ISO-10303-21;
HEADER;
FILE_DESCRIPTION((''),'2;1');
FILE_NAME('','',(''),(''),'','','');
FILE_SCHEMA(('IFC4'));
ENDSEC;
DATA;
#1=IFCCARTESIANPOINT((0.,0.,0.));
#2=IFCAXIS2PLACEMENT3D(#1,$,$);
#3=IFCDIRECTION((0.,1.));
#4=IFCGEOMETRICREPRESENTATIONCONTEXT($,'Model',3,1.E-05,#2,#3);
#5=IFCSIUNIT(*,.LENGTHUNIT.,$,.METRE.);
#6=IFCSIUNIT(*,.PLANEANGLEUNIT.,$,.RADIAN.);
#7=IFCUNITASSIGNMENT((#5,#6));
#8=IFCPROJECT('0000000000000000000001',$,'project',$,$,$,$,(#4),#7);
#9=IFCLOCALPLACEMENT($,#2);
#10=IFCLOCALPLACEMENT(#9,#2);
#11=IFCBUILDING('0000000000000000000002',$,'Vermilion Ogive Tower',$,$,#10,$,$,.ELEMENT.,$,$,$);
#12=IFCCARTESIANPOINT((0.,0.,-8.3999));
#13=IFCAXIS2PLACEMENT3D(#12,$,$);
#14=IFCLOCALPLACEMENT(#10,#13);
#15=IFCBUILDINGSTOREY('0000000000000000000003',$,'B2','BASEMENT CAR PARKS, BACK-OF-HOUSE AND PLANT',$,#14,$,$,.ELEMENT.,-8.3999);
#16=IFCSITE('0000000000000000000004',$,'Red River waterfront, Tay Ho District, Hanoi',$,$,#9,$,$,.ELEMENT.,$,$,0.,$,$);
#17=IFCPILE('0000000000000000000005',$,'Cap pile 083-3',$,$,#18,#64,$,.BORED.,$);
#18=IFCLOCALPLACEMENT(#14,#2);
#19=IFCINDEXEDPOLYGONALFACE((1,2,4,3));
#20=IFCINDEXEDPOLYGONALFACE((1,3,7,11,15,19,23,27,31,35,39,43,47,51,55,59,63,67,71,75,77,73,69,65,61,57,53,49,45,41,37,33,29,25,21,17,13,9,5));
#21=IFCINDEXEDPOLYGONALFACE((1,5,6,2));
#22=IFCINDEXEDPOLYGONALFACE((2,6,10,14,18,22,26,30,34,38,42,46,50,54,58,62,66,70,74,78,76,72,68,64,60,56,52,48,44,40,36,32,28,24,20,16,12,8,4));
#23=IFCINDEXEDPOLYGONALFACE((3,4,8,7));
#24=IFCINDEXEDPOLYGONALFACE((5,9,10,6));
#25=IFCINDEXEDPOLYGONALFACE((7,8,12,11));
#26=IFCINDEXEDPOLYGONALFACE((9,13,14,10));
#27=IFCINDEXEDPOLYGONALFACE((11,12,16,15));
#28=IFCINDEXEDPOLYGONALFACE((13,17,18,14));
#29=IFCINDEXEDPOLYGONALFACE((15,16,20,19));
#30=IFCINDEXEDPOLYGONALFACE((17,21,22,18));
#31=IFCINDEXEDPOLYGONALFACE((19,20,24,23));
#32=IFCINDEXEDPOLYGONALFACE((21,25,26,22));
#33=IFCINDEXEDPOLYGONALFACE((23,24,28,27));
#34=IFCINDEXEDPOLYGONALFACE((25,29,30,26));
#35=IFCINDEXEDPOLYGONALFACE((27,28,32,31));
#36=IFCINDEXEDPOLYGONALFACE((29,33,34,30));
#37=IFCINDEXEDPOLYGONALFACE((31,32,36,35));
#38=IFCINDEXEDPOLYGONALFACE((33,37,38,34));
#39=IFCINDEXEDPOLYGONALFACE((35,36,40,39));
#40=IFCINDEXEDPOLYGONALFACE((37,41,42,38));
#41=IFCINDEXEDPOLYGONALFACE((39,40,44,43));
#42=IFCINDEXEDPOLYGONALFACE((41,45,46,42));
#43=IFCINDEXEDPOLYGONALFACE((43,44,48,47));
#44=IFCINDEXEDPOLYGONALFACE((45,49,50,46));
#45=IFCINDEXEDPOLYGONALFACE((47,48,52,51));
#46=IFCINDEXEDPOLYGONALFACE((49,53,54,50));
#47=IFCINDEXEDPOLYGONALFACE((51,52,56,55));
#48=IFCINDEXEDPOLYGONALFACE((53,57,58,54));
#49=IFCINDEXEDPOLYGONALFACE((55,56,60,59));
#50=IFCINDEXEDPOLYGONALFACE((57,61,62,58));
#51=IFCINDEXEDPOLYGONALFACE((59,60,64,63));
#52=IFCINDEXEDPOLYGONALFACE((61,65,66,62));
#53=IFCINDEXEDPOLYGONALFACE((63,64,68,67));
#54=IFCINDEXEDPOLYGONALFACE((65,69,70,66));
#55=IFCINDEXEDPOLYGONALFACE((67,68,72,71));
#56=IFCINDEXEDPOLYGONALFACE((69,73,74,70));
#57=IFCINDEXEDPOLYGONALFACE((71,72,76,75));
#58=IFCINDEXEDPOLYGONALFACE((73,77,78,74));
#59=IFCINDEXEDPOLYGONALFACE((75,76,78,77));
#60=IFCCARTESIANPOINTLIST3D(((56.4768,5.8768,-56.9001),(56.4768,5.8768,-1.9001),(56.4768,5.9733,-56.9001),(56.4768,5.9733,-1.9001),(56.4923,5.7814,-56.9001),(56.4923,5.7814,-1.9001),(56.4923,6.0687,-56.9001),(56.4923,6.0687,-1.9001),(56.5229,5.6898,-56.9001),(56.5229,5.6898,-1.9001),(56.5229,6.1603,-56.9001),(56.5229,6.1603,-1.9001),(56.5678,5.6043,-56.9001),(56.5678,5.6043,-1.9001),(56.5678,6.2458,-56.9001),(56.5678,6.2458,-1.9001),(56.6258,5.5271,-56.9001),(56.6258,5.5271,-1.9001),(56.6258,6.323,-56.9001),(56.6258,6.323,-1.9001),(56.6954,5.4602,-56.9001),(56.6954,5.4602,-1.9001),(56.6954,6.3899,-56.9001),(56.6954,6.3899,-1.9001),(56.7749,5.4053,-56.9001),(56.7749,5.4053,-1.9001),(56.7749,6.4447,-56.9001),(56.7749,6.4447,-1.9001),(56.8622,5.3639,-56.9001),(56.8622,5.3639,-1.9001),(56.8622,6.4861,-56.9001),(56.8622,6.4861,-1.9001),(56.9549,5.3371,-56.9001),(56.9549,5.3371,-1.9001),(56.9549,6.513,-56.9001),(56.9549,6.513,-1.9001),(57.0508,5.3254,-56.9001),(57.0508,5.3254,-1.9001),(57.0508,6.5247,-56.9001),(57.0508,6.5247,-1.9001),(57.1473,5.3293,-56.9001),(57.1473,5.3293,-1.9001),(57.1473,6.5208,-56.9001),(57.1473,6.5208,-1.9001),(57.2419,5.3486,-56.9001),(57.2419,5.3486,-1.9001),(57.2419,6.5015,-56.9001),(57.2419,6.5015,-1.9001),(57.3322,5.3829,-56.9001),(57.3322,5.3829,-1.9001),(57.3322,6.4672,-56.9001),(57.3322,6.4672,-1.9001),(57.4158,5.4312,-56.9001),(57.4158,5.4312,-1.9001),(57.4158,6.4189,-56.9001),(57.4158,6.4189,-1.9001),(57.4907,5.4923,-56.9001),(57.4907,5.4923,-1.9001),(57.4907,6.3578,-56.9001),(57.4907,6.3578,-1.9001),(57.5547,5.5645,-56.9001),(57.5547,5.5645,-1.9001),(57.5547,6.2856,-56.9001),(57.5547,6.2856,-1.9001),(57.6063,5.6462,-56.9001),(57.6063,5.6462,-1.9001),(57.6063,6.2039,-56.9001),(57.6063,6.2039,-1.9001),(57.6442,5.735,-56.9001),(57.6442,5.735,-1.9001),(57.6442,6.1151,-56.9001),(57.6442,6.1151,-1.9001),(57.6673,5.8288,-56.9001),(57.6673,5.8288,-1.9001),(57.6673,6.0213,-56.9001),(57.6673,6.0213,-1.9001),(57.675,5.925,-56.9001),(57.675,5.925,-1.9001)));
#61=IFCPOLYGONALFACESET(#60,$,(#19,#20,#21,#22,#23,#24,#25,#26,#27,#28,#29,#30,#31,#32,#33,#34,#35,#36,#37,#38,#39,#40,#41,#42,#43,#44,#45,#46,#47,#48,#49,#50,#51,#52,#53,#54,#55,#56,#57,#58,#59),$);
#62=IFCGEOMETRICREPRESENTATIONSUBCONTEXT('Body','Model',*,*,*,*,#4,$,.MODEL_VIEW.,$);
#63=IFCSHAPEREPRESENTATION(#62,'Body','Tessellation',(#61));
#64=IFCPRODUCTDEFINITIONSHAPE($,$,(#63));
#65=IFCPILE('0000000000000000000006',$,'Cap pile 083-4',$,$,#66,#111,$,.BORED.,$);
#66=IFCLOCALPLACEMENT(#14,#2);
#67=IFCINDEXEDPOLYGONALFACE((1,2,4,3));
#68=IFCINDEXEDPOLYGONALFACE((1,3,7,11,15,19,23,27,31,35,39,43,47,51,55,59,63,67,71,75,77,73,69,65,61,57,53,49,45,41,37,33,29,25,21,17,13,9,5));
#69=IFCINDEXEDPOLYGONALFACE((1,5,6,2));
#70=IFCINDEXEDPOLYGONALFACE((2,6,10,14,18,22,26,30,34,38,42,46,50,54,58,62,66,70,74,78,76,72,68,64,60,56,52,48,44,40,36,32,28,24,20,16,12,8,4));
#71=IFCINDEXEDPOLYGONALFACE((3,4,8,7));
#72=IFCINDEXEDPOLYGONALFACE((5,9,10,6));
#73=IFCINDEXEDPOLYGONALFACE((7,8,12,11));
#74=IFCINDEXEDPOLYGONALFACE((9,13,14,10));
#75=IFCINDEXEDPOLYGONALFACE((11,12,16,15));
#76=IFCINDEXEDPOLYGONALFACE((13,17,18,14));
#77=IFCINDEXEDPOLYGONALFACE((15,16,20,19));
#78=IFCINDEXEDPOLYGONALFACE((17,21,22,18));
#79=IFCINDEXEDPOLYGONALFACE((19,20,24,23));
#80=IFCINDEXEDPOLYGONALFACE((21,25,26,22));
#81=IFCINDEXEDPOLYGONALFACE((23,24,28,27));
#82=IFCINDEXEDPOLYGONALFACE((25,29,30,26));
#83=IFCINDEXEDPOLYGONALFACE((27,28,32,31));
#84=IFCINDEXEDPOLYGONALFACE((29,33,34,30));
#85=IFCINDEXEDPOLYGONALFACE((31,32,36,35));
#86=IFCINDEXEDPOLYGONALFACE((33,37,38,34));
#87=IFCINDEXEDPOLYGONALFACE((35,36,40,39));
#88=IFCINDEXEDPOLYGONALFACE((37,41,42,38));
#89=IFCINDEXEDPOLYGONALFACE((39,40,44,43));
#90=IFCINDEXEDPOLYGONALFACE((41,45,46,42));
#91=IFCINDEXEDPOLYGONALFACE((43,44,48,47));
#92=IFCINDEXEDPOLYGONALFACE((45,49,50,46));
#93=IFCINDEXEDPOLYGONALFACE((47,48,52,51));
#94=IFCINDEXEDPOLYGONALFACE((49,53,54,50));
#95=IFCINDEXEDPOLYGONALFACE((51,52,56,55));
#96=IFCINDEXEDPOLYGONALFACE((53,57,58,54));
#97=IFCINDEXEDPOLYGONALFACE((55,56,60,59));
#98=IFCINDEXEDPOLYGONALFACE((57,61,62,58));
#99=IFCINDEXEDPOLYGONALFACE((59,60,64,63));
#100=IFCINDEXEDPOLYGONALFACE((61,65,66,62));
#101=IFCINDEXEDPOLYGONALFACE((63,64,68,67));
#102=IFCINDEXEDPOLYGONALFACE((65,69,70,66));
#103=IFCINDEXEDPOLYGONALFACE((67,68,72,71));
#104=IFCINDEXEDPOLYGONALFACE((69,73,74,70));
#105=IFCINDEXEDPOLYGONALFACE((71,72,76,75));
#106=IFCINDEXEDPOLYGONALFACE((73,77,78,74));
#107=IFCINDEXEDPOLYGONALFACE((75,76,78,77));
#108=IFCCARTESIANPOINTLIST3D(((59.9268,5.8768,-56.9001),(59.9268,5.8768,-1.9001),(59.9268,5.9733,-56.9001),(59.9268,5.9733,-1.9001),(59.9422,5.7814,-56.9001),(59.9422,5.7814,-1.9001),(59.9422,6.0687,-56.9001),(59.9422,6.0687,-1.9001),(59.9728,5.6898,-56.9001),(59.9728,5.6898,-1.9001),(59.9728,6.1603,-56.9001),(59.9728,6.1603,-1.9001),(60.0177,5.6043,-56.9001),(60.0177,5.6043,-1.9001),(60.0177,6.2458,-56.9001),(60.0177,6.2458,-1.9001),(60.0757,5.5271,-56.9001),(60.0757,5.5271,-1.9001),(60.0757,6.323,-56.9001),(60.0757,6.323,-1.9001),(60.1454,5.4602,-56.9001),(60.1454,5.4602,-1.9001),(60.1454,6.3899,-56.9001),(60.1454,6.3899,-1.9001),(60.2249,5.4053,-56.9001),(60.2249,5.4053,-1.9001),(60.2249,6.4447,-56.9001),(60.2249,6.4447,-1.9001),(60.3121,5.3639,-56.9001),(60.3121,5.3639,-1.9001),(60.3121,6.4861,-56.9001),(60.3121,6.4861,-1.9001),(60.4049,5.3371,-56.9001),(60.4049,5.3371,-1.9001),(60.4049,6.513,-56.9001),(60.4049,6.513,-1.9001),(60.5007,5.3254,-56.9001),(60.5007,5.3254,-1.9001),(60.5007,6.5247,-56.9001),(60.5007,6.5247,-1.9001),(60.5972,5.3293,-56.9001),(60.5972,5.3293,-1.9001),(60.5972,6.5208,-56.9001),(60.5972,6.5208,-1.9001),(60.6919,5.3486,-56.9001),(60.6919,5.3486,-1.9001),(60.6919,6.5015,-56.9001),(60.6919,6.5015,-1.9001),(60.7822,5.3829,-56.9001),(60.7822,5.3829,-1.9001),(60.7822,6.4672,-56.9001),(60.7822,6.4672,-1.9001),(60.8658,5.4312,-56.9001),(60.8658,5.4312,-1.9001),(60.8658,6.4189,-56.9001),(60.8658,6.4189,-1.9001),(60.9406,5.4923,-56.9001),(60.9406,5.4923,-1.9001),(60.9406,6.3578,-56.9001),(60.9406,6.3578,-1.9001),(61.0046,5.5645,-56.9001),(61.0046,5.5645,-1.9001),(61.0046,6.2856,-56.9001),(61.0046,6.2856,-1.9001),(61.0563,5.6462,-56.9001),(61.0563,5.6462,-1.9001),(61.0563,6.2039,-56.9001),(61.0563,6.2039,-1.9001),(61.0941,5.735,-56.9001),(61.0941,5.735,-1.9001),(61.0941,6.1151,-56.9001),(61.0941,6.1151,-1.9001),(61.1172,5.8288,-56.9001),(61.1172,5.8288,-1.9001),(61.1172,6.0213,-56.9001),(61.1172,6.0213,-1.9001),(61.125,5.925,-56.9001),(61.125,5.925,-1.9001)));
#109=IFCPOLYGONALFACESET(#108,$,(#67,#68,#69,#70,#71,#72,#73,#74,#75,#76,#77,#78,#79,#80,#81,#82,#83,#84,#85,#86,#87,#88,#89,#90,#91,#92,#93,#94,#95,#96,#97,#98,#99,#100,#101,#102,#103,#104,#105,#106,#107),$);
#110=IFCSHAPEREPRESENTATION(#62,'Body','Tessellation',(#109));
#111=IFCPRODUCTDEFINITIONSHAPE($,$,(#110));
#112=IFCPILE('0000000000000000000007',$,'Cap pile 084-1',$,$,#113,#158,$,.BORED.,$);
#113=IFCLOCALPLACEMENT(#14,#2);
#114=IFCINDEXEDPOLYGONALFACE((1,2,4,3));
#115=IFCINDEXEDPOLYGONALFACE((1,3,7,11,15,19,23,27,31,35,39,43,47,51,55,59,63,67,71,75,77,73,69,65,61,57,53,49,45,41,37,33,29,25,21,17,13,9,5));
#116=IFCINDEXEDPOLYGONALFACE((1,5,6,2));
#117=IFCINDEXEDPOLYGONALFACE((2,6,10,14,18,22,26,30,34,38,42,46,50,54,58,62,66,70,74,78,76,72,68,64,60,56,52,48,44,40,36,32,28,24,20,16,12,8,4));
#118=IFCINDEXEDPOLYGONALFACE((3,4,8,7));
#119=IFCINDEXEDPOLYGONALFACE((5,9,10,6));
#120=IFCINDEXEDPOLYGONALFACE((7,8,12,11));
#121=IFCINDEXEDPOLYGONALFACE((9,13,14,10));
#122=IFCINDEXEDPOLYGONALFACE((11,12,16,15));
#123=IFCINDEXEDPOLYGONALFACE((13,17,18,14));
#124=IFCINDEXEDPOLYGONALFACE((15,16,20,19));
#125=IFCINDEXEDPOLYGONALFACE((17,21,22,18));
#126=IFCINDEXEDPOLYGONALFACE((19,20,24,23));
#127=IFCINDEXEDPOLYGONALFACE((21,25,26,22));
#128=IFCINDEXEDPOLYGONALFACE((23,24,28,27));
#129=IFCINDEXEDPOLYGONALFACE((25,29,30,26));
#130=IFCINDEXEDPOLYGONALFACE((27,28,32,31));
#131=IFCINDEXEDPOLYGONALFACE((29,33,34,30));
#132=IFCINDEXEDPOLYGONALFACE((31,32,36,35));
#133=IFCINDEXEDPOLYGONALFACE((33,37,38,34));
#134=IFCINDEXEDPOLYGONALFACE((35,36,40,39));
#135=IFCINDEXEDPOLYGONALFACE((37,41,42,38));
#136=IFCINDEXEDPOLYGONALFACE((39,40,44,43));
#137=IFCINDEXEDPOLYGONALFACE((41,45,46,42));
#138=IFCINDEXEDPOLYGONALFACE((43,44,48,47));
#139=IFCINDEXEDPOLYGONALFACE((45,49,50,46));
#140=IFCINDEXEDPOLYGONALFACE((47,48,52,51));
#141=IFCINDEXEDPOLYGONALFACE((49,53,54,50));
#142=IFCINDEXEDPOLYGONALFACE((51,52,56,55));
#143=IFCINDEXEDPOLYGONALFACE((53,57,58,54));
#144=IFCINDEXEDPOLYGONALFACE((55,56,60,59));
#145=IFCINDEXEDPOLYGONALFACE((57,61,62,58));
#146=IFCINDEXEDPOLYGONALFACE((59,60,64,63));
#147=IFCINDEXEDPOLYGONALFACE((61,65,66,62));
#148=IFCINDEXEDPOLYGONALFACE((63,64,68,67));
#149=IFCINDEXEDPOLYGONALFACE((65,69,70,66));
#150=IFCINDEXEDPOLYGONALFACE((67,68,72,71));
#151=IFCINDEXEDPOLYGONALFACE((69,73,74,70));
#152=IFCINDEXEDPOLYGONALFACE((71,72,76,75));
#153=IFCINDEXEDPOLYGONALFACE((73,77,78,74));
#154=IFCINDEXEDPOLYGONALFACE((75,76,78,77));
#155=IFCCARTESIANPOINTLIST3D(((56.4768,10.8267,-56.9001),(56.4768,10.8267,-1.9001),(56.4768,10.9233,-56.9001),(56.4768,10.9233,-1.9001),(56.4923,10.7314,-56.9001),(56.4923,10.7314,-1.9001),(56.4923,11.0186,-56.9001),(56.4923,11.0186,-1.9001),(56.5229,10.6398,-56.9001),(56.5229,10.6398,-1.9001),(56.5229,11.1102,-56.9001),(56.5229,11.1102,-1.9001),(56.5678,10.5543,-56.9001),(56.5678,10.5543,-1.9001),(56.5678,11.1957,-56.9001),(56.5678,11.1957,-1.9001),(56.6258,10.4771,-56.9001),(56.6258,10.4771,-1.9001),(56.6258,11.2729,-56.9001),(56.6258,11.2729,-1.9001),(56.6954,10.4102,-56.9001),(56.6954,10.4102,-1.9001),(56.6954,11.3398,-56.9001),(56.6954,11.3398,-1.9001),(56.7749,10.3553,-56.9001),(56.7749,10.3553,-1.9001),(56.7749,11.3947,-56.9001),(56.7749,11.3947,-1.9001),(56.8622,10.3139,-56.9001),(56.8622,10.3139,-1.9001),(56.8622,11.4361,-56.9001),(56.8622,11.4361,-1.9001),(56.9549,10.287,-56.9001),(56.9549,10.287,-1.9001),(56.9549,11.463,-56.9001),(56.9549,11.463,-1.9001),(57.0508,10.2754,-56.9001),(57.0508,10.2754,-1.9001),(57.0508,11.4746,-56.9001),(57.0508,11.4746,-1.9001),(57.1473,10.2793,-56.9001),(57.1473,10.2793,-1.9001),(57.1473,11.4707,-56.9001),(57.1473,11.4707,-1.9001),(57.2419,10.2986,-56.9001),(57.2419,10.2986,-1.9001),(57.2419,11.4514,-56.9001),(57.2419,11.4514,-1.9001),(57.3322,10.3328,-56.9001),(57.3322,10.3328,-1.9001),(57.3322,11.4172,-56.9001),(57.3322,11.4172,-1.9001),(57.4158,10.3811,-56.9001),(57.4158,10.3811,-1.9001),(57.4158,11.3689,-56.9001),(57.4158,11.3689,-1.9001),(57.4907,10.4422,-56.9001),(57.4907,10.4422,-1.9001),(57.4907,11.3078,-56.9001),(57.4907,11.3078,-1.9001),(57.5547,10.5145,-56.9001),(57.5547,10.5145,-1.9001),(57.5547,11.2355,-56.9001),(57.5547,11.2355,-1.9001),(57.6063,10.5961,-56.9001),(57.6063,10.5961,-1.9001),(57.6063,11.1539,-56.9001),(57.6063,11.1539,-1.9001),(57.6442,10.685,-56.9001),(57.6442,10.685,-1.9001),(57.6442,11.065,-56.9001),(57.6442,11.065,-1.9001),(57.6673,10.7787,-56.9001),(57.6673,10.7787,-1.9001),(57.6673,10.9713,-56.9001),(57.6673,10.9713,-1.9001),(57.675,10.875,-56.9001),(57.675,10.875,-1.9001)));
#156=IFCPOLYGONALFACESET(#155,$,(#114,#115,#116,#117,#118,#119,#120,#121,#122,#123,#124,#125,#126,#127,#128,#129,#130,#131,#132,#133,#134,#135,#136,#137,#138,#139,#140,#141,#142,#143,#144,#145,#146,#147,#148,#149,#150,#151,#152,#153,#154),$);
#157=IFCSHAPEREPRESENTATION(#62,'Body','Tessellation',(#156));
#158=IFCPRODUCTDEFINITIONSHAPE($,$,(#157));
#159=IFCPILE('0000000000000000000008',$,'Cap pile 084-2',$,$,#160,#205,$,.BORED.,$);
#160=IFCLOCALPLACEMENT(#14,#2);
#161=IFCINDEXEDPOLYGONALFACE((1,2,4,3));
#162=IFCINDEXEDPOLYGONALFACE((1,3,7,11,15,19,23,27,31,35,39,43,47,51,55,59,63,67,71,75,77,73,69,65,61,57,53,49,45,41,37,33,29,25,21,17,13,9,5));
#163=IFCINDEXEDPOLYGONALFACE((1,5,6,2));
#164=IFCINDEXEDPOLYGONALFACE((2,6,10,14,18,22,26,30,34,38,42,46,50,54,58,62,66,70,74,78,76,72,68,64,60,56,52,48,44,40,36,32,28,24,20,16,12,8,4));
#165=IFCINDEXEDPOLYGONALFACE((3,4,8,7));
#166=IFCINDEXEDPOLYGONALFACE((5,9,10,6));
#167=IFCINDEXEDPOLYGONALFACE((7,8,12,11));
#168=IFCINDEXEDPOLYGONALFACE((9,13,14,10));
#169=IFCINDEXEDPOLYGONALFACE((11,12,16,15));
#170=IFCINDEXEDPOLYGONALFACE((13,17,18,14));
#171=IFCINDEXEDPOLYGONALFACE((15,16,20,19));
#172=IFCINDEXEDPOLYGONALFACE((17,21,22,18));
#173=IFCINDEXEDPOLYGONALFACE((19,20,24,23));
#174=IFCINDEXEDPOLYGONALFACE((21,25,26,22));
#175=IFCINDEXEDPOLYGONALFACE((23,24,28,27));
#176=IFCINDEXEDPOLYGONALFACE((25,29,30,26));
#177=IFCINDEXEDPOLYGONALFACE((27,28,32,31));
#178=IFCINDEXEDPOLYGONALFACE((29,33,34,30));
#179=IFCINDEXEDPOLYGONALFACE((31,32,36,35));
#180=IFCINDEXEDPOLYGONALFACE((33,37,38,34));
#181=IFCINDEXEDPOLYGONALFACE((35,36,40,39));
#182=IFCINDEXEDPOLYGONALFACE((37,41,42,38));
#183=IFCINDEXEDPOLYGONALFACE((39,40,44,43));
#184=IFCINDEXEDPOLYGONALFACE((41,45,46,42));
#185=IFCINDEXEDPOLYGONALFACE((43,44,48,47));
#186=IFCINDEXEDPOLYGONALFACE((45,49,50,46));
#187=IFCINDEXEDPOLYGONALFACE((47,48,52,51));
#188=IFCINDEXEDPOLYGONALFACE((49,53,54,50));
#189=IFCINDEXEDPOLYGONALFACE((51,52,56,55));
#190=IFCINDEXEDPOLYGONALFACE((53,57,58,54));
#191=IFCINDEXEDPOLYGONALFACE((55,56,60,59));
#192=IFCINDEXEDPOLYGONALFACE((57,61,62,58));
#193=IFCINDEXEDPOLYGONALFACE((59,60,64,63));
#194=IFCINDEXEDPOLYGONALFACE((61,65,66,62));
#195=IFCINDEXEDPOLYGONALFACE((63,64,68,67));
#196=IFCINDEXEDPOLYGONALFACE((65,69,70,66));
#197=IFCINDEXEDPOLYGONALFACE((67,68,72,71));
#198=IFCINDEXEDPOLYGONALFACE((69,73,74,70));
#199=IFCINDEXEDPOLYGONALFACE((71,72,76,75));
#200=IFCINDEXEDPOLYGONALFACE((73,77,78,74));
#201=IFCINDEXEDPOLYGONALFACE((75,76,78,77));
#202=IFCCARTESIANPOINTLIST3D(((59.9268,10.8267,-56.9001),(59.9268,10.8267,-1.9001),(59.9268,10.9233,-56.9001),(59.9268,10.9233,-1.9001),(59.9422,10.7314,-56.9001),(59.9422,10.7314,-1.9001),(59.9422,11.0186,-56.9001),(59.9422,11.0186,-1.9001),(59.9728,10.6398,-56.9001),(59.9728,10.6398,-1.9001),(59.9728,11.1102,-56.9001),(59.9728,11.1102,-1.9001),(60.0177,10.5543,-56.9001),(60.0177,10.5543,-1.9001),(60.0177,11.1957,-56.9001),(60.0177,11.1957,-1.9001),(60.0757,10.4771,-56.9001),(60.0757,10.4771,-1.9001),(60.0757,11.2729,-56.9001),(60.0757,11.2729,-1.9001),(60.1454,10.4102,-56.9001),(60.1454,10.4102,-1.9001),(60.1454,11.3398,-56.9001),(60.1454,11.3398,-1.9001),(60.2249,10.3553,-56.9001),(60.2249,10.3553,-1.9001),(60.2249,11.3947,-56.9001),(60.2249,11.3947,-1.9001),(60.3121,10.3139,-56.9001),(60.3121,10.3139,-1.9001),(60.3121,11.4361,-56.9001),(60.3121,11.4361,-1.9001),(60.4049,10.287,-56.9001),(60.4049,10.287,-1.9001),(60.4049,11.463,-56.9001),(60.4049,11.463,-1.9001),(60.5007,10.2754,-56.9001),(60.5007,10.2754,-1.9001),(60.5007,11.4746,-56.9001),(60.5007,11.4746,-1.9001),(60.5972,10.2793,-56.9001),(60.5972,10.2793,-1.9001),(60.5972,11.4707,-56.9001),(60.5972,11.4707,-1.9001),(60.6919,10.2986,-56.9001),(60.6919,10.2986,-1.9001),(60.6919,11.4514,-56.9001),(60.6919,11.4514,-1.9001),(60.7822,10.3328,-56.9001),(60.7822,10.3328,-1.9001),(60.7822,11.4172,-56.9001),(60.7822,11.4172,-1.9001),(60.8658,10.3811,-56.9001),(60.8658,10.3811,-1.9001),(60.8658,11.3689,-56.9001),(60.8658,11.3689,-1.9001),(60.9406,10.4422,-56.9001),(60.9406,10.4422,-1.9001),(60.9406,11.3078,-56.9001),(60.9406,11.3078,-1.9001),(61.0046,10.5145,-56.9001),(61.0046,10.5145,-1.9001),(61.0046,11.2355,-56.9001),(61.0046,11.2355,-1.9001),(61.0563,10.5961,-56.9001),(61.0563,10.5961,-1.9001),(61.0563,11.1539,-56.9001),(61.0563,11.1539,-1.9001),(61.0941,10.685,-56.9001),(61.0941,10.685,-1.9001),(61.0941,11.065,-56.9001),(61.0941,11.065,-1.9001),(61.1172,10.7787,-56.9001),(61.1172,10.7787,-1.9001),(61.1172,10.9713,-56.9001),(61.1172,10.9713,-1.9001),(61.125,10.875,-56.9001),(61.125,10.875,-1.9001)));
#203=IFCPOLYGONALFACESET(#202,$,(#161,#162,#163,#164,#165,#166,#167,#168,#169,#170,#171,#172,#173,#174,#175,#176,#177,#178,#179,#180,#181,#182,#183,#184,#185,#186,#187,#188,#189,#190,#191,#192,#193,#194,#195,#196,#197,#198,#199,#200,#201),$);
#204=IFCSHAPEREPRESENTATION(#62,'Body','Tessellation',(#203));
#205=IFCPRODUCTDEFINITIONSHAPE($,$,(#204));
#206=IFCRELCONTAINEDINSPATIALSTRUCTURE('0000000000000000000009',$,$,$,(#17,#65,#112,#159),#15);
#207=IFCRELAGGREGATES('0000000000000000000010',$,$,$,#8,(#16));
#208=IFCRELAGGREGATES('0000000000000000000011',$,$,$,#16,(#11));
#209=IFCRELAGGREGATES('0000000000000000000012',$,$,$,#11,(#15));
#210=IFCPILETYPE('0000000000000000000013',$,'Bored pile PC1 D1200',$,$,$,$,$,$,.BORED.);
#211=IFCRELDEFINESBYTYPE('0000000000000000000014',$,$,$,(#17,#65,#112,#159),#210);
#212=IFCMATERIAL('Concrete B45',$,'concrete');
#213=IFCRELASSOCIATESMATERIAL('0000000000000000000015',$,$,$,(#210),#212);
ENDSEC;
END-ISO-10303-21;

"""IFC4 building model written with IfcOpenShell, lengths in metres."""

from ifc_helpers import new_model, si_unit, direction, frame, origin, origin_2d, place, context, subcontext, project, spatial, circle, extrude, material, type_object, element, save


model = new_model("IFC4")

# Units and contexts
model_context = context("Model", 3, precision=1e-05, world=origin(), true_north=direction((0.0, 1.0)))
body_context = subcontext(model_context, "Body", "Model", "MODEL_VIEW")
ifc_project = project(units=[si_unit("LENGTHUNIT", "METRE"), si_unit("PLANEANGLEUNIT", "RADIAN")], contexts=[model_context])

# Site, building, storey
site_placement = place(None, origin())
site = spatial("IfcSite", under=ifc_project, at=site_placement, Name="Red River waterfront, Tay Ho District, Hanoi", CompositionType="ELEMENT", RefElevation=0.0)
building_placement = place(site_placement, origin())
building = spatial("IfcBuilding", under=site, at=building_placement, Name="Vermilion Ogive Tower", CompositionType="ELEMENT")
storey_placement = place(building_placement, frame((0.0, 0.0, -8.3999)))
storey = spatial("IfcBuildingStorey", under=building, at=storey_placement, Name="B2", Description="BASEMENT CAR PARKS, BACK-OF-HOUSE AND PLANT", CompositionType="ELEMENT", Elevation=-8.3999)

# Piles
ifc_material_1 = material(Name="Concrete B45", Category="concrete")
pile_type = type_object("IfcPileType", Name="Bored pile PC1 D1200", PredefinedType="BORED", material=ifc_material_1)
for number, where, z_axis, x_axis, name in (
    (1, (57.075, 5.925, -1.9001), (0.0, 0.0, -1.0), (1.0, 0.0, 0.0), "Cap pile 083-3"),
    (2, (60.5249, 5.925, -1.9001), (0.0, 0.0, -1.0), (1.0, 0.0, 0.0), "Cap pile 083-4"),
    (3, (57.075, 10.875, -1.9001), (0.0, 0.0, -1.0), (1.0, 0.0, 0.0), "Cap pile 084-1"),
    (4, (60.5249, 10.875, -1.9001), (0.0, 0.0, -1.0), (1.0, 0.0, 0.0), "Cap pile 084-2"),
):
    element("IfcPile", number, at=place(storey_placement, frame(where, z_axis=z_axis, x_axis=x_axis)), inside=storey, type_object=pile_type, Name=name, PredefinedType="BORED", context=body_context, shape_type="SweptSolid", body=[
        extrude(circle(Radius=0.6001, at=origin_2d()), origin(), (0.0, 0.0, 1.0), 55.0),
    ])

save(model, "model.ifc")
